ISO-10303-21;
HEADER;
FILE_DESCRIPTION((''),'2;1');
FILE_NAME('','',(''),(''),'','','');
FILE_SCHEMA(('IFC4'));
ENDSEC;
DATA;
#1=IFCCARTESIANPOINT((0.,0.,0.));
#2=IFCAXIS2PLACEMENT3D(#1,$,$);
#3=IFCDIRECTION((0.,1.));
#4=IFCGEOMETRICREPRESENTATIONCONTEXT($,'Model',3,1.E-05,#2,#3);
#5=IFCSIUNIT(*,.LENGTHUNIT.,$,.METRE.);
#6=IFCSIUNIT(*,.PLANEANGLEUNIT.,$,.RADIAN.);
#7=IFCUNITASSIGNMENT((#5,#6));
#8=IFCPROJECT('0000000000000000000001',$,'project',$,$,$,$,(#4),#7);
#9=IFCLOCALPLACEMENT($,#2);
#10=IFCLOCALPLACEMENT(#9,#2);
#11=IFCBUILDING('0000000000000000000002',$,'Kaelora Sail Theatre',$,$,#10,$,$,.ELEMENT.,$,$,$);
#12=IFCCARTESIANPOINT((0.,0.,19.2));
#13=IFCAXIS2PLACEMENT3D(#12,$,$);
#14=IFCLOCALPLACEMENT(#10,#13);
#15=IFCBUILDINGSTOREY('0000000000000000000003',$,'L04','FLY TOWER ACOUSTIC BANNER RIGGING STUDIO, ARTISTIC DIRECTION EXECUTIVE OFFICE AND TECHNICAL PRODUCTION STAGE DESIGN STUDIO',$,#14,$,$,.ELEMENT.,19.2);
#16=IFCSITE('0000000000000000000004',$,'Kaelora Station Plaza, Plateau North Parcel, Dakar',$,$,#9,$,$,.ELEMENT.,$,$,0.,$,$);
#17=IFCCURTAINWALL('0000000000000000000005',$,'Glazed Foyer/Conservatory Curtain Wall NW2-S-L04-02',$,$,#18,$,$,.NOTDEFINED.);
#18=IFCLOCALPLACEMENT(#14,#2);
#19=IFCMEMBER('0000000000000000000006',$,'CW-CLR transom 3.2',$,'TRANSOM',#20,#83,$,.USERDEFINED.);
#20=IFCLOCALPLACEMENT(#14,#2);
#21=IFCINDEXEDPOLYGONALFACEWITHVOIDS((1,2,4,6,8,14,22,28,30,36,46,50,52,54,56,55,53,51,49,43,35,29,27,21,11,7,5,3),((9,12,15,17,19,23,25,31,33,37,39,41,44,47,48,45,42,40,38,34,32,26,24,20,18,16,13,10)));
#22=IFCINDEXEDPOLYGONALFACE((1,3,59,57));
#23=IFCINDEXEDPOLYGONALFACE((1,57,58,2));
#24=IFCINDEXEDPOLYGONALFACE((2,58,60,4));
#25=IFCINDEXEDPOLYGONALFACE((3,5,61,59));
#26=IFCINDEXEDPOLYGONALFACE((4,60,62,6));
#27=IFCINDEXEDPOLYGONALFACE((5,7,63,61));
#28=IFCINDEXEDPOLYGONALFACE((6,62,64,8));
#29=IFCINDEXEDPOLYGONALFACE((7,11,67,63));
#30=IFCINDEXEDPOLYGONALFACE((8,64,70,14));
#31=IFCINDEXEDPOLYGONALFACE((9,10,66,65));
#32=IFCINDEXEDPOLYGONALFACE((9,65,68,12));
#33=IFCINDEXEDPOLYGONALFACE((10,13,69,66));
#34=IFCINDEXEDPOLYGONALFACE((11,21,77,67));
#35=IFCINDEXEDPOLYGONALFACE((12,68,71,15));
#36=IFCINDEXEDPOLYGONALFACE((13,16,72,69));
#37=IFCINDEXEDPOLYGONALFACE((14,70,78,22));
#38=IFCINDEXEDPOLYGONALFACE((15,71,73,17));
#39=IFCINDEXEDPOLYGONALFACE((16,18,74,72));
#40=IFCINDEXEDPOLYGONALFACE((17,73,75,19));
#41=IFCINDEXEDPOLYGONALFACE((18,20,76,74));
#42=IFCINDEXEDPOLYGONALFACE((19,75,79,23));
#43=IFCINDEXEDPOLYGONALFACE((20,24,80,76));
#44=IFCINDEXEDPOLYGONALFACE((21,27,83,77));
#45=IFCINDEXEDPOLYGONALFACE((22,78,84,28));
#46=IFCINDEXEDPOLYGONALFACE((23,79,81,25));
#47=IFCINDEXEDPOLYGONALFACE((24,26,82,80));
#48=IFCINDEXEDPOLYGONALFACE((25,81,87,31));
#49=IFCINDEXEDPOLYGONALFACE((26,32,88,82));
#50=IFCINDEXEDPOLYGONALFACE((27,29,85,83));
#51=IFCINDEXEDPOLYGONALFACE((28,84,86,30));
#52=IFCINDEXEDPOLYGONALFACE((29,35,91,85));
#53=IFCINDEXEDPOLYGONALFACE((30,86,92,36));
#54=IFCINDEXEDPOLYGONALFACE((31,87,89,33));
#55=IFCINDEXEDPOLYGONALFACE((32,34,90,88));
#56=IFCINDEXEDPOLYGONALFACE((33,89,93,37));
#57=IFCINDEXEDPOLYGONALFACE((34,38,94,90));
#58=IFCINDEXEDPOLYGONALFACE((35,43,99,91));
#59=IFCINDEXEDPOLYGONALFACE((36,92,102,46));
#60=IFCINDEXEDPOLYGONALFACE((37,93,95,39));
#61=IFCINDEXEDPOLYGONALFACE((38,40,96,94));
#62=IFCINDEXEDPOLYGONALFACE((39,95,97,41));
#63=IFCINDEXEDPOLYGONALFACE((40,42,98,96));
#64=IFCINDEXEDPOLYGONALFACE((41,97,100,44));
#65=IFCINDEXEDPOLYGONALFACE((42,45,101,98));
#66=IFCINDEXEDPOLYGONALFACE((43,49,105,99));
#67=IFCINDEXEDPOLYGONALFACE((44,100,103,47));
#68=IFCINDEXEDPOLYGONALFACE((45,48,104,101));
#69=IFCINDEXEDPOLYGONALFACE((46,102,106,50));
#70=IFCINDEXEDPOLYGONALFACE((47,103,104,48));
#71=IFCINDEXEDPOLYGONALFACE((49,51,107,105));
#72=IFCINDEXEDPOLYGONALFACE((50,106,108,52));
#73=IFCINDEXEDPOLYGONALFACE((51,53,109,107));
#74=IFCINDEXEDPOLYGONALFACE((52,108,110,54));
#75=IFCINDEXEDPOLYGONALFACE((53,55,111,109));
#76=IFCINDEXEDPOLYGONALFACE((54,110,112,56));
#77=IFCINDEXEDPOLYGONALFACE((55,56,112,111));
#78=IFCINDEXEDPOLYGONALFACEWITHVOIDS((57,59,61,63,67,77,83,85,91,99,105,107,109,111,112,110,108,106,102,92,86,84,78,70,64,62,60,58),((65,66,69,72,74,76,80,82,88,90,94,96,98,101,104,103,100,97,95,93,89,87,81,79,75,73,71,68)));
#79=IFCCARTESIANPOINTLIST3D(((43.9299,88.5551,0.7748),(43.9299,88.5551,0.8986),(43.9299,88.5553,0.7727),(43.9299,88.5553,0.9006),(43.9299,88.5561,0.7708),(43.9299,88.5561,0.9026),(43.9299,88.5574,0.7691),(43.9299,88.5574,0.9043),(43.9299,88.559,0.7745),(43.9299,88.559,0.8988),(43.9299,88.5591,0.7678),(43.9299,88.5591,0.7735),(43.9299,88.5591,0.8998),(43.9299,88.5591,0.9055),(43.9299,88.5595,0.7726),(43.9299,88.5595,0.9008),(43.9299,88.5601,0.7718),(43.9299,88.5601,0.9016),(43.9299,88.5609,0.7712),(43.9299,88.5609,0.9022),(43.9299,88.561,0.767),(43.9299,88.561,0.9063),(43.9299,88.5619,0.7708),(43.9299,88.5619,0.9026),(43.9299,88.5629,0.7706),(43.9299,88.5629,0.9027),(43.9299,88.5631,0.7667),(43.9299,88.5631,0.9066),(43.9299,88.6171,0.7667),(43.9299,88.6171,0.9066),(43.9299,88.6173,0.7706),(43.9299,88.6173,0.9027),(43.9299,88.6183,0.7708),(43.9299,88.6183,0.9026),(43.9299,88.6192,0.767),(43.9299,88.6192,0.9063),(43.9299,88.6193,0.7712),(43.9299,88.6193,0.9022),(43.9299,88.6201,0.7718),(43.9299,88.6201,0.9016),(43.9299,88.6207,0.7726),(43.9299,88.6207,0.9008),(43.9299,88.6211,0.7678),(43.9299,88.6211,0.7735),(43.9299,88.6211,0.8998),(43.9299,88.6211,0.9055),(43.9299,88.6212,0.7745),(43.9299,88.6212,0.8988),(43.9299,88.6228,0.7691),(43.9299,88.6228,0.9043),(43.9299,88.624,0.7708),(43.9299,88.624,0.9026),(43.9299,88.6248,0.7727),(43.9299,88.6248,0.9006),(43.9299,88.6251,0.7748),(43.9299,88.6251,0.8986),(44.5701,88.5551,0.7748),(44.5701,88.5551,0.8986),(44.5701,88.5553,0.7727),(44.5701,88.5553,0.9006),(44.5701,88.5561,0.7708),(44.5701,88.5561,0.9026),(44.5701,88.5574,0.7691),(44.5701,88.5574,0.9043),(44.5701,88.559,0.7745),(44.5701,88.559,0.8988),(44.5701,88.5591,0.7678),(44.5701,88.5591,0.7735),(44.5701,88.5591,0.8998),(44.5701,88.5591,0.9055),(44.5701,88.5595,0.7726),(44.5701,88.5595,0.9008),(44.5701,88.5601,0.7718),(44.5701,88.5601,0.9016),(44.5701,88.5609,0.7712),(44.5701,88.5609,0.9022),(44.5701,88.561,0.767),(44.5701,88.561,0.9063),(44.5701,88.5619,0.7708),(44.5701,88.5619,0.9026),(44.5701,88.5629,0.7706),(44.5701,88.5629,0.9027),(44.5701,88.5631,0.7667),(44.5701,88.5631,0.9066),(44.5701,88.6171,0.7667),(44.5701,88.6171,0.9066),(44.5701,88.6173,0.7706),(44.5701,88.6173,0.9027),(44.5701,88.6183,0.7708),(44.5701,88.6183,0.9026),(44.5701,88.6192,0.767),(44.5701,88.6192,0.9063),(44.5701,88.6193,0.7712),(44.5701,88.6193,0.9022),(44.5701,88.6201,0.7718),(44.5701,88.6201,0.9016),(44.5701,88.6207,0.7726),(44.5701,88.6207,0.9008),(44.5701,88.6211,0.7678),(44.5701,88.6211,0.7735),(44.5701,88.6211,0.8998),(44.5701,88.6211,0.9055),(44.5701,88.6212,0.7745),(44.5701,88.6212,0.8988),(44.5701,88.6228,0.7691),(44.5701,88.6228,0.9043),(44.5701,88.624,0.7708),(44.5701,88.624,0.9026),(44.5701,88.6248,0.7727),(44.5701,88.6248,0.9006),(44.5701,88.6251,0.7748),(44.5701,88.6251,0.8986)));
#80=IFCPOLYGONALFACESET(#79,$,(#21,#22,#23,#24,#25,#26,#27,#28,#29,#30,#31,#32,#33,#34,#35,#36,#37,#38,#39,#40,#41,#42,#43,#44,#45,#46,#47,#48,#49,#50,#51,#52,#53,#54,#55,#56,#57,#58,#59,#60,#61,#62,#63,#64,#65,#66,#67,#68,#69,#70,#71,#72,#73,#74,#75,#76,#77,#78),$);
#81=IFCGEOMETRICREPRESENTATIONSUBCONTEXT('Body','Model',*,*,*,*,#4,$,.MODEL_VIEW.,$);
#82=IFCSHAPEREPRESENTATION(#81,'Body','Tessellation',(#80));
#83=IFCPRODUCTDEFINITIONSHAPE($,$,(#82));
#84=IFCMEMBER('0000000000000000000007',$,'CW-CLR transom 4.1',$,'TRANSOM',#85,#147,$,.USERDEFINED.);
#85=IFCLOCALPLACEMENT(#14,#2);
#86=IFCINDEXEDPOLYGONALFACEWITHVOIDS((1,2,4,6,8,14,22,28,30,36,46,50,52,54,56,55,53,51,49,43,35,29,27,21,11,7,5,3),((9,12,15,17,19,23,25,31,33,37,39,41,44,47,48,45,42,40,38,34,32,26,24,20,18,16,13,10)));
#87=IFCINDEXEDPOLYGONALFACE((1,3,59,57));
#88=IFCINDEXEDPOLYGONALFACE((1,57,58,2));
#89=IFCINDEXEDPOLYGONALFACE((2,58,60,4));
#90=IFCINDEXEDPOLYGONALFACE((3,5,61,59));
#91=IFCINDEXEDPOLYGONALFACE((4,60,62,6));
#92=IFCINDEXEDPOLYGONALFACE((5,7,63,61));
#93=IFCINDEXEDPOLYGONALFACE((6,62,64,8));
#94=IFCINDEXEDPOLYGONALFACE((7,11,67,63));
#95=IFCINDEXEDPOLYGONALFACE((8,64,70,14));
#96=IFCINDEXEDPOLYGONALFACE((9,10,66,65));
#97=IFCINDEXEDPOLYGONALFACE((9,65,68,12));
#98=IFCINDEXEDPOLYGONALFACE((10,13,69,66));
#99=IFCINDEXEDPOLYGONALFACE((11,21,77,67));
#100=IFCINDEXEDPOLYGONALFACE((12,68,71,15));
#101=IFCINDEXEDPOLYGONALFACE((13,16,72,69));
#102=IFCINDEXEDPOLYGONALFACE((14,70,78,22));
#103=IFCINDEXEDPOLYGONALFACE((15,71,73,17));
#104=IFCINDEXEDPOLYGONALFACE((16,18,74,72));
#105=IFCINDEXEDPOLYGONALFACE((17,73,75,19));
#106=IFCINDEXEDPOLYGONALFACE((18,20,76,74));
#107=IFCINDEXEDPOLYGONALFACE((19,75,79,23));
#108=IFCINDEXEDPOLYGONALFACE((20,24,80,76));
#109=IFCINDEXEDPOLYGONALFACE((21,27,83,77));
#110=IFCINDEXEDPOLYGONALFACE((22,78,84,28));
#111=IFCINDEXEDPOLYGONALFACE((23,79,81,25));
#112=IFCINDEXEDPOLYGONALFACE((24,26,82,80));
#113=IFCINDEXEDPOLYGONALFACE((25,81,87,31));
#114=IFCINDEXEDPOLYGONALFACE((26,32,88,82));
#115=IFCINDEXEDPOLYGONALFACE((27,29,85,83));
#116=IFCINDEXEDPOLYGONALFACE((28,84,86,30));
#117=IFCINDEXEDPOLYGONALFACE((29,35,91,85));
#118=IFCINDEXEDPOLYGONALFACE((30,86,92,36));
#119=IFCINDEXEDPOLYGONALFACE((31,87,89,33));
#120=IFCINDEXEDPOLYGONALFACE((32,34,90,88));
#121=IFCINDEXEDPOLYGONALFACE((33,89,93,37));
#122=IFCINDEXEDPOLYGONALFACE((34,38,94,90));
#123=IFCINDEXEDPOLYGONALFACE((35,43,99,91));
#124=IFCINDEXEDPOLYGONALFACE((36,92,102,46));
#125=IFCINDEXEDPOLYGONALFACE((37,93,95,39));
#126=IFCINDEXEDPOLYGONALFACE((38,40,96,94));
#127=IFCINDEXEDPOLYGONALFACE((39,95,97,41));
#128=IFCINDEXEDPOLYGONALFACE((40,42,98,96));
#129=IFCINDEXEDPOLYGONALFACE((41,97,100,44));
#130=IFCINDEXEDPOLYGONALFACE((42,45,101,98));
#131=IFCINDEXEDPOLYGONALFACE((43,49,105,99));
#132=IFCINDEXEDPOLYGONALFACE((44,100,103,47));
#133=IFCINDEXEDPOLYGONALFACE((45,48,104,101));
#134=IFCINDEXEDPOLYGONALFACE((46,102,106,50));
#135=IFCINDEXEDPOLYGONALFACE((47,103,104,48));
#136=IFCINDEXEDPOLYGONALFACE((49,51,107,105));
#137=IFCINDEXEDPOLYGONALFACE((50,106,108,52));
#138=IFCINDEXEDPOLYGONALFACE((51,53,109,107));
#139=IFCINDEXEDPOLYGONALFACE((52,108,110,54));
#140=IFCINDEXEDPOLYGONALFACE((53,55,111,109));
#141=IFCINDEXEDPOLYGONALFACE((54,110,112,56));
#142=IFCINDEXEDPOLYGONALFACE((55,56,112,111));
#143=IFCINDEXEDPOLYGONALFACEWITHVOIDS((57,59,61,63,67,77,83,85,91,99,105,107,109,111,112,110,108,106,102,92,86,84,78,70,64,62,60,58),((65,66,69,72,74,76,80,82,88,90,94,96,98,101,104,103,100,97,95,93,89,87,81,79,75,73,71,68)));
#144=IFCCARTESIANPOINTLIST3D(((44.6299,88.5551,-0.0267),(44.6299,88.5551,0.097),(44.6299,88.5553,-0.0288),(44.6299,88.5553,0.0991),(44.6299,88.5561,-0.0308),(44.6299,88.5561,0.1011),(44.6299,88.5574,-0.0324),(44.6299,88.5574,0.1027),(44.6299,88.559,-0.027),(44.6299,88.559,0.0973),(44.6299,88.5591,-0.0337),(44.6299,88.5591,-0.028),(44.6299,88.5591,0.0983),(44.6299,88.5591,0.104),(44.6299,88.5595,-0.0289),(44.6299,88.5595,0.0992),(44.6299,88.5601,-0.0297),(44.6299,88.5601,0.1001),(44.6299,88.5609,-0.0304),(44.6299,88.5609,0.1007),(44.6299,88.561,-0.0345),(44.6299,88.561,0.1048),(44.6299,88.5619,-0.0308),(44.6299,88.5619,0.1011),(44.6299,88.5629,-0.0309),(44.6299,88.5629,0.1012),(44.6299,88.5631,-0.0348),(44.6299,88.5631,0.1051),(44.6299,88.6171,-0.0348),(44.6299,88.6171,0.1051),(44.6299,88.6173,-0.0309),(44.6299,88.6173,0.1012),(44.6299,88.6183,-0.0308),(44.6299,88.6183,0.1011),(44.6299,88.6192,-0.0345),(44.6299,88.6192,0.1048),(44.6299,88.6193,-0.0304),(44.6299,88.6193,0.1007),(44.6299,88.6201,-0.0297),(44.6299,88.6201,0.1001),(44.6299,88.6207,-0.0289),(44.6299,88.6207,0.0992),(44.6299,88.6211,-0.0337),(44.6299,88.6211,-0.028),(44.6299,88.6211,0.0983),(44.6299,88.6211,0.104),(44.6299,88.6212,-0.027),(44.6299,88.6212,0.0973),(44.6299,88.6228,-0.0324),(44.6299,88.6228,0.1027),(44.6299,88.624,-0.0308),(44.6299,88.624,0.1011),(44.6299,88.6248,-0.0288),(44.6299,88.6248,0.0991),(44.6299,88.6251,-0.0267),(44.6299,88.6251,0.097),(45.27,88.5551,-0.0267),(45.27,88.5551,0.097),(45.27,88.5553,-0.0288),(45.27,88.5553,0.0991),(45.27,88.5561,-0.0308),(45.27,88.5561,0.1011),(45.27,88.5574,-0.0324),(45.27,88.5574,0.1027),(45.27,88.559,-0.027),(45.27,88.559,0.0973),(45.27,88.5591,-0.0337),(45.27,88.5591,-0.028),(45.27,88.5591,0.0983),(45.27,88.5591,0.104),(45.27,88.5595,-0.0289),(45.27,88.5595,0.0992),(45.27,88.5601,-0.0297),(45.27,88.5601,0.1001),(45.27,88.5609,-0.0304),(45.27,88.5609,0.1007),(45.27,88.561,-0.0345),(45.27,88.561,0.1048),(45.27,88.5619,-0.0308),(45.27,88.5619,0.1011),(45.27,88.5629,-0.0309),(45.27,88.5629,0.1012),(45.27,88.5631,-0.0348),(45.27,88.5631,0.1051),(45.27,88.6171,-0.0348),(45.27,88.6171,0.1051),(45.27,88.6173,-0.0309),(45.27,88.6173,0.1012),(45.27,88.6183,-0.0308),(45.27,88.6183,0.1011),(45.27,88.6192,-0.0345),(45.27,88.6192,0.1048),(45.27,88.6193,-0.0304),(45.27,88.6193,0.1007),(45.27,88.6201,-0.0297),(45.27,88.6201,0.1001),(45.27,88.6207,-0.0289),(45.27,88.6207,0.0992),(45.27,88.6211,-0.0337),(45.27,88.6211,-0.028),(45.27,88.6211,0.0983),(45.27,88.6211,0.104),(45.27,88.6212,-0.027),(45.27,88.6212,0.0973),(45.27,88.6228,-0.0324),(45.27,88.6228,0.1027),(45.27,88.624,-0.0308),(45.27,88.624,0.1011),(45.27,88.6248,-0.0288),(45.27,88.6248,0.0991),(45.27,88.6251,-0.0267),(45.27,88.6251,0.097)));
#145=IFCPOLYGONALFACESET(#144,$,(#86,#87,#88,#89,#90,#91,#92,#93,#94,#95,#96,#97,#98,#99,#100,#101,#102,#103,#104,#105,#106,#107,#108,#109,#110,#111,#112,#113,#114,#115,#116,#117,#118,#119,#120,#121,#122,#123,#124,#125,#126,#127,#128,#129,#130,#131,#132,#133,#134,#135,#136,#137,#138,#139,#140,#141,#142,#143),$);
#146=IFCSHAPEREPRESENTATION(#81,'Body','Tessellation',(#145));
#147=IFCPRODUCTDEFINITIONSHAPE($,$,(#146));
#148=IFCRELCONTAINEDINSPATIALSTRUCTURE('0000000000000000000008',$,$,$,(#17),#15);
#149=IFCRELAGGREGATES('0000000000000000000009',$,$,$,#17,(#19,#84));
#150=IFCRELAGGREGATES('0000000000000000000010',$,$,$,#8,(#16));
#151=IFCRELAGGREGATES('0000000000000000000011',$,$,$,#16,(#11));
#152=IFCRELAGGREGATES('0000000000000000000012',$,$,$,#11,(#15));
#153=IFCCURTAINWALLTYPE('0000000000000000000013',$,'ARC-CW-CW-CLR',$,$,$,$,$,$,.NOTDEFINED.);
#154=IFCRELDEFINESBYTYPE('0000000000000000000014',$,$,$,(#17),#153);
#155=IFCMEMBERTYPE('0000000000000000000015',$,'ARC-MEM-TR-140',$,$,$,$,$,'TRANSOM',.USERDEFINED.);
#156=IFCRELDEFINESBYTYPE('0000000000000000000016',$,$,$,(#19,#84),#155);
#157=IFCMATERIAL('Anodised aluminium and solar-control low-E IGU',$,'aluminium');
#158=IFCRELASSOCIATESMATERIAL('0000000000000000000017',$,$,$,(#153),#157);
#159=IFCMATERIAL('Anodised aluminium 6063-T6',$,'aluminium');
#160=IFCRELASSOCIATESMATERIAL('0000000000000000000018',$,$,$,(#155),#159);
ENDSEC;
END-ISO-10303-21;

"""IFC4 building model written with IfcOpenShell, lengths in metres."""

from ifc_helpers import new_model, si_unit, direction, frame, origin, origin_2d, place, context, subcontext, project, spatial, hollow_rectangle, extrude, material, material_profile, profile_set, type_object, element, aggregate, save


model = new_model("IFC4")

# Units and contexts
model_context = context("Model", 3, precision=1e-05, world=origin(), true_north=direction((0.0, 1.0)))
body_context = subcontext(model_context, "Body", "Model", "MODEL_VIEW")
ifc_project = project(units=[si_unit("LENGTHUNIT", "METRE"), si_unit("PLANEANGLEUNIT", "RADIAN")], contexts=[model_context])

# Site, building, storey
site_placement = place(None, origin())
site = spatial("IfcSite", under=ifc_project, at=site_placement, Name="Kaelora Station Plaza, Plateau North Parcel, Dakar", CompositionType="ELEMENT", RefElevation=0.0)
building_placement = place(site_placement, origin())
building = spatial("IfcBuilding", under=site, at=building_placement, Name="Kaelora Sail Theatre", CompositionType="ELEMENT")
storey_placement = place(building_placement, frame((0.0, 0.0, 19.2)))
storey = spatial("IfcBuildingStorey", under=building, at=storey_placement, Name="L04", Description="FLY TOWER ACOUSTIC BANNER RIGGING STUDIO, ARTISTIC DIRECTION EXECUTIVE OFFICE AND TECHNICAL PRODUCTION STAGE DESIGN STUDIO", CompositionType="ELEMENT", Elevation=19.2)

# Curtain wall, members
ifc_material_1 = material(Name="Anodised aluminium and solar-control low-E IGU", Category="aluminium")
curtain_wall_type = type_object("IfcCurtainWallType", Name="ARC-CW-CW-CLR", PredefinedType="NOTDEFINED", material=ifc_material_1)
curtain_wall_placement = place(storey_placement, origin())
curtain_wall = element("IfcCurtainWall", 1, at=curtain_wall_placement, inside=storey, type_object=curtain_wall_type, Name="Glazed Foyer/Conservatory Curtain Wall NW2-S-L04-02", PredefinedType="NOTDEFINED")
ifc_material_2 = material(Name="Anodised aluminium 6063-T6", Category="aluminium")
ifc_material_profile_1 = material_profile(ifc_material_2, hollow_rectangle(XDim=0.0701, YDim=0.1399, WallThickness=0.0039, InnerFilletRadius=0.0039, OuterFilletRadius=0.0081, at=origin_2d()), Name="ALU-TRAN 70x140x4")
ifc_profile_set_1 = profile_set([ifc_material_profile_1], Name="Anodised aluminium 6063-T6")
member_type_1 = type_object("IfcMemberType", Name="ARC-MEM-TR-140", ElementType="TRANSOM", PredefinedType="USERDEFINED", material=ifc_profile_set_1)
member_1_placement = place(storey_placement, frame((43.9299, 88.5901, 0.8367), z_axis=(1.0, 0.0, 0.0), x_axis=(0.0, 1.0, 0.0)))
member_1 = element("IfcMember", 2, at=member_1_placement, type_object=member_type_1, Name="CW-CLR transom 3.2", ObjectType="TRANSOM", PredefinedType="USERDEFINED", context=body_context, shape_type="SweptSolid", body=[
    extrude(hollow_rectangle(XDim=0.0701, YDim=0.1399, WallThickness=0.0039, InnerFilletRadius=0.0039, OuterFilletRadius=0.0081, at=origin_2d()), origin(), (0.0, 0.0, 1.0), 0.6401),
])
member_2_placement = place(storey_placement, frame((44.6299, 88.5901, 0.0352), z_axis=(1.0, 0.0, 0.0), x_axis=(0.0, 1.0, 0.0)))
member_2 = element("IfcMember", 3, at=member_2_placement, type_object=member_type_1, Name="CW-CLR transom 4.1", ObjectType="TRANSOM", PredefinedType="USERDEFINED", context=body_context, shape_type="SweptSolid", body=[
    extrude(hollow_rectangle(XDim=0.0701, YDim=0.1399, WallThickness=0.0039, InnerFilletRadius=0.0039, OuterFilletRadius=0.0081, at=origin_2d()), origin(), (0.0, 0.0, 1.0), 0.6401),
])
aggregate(curtain_wall, [member_1, member_2])

save(model, "model.ifc")
